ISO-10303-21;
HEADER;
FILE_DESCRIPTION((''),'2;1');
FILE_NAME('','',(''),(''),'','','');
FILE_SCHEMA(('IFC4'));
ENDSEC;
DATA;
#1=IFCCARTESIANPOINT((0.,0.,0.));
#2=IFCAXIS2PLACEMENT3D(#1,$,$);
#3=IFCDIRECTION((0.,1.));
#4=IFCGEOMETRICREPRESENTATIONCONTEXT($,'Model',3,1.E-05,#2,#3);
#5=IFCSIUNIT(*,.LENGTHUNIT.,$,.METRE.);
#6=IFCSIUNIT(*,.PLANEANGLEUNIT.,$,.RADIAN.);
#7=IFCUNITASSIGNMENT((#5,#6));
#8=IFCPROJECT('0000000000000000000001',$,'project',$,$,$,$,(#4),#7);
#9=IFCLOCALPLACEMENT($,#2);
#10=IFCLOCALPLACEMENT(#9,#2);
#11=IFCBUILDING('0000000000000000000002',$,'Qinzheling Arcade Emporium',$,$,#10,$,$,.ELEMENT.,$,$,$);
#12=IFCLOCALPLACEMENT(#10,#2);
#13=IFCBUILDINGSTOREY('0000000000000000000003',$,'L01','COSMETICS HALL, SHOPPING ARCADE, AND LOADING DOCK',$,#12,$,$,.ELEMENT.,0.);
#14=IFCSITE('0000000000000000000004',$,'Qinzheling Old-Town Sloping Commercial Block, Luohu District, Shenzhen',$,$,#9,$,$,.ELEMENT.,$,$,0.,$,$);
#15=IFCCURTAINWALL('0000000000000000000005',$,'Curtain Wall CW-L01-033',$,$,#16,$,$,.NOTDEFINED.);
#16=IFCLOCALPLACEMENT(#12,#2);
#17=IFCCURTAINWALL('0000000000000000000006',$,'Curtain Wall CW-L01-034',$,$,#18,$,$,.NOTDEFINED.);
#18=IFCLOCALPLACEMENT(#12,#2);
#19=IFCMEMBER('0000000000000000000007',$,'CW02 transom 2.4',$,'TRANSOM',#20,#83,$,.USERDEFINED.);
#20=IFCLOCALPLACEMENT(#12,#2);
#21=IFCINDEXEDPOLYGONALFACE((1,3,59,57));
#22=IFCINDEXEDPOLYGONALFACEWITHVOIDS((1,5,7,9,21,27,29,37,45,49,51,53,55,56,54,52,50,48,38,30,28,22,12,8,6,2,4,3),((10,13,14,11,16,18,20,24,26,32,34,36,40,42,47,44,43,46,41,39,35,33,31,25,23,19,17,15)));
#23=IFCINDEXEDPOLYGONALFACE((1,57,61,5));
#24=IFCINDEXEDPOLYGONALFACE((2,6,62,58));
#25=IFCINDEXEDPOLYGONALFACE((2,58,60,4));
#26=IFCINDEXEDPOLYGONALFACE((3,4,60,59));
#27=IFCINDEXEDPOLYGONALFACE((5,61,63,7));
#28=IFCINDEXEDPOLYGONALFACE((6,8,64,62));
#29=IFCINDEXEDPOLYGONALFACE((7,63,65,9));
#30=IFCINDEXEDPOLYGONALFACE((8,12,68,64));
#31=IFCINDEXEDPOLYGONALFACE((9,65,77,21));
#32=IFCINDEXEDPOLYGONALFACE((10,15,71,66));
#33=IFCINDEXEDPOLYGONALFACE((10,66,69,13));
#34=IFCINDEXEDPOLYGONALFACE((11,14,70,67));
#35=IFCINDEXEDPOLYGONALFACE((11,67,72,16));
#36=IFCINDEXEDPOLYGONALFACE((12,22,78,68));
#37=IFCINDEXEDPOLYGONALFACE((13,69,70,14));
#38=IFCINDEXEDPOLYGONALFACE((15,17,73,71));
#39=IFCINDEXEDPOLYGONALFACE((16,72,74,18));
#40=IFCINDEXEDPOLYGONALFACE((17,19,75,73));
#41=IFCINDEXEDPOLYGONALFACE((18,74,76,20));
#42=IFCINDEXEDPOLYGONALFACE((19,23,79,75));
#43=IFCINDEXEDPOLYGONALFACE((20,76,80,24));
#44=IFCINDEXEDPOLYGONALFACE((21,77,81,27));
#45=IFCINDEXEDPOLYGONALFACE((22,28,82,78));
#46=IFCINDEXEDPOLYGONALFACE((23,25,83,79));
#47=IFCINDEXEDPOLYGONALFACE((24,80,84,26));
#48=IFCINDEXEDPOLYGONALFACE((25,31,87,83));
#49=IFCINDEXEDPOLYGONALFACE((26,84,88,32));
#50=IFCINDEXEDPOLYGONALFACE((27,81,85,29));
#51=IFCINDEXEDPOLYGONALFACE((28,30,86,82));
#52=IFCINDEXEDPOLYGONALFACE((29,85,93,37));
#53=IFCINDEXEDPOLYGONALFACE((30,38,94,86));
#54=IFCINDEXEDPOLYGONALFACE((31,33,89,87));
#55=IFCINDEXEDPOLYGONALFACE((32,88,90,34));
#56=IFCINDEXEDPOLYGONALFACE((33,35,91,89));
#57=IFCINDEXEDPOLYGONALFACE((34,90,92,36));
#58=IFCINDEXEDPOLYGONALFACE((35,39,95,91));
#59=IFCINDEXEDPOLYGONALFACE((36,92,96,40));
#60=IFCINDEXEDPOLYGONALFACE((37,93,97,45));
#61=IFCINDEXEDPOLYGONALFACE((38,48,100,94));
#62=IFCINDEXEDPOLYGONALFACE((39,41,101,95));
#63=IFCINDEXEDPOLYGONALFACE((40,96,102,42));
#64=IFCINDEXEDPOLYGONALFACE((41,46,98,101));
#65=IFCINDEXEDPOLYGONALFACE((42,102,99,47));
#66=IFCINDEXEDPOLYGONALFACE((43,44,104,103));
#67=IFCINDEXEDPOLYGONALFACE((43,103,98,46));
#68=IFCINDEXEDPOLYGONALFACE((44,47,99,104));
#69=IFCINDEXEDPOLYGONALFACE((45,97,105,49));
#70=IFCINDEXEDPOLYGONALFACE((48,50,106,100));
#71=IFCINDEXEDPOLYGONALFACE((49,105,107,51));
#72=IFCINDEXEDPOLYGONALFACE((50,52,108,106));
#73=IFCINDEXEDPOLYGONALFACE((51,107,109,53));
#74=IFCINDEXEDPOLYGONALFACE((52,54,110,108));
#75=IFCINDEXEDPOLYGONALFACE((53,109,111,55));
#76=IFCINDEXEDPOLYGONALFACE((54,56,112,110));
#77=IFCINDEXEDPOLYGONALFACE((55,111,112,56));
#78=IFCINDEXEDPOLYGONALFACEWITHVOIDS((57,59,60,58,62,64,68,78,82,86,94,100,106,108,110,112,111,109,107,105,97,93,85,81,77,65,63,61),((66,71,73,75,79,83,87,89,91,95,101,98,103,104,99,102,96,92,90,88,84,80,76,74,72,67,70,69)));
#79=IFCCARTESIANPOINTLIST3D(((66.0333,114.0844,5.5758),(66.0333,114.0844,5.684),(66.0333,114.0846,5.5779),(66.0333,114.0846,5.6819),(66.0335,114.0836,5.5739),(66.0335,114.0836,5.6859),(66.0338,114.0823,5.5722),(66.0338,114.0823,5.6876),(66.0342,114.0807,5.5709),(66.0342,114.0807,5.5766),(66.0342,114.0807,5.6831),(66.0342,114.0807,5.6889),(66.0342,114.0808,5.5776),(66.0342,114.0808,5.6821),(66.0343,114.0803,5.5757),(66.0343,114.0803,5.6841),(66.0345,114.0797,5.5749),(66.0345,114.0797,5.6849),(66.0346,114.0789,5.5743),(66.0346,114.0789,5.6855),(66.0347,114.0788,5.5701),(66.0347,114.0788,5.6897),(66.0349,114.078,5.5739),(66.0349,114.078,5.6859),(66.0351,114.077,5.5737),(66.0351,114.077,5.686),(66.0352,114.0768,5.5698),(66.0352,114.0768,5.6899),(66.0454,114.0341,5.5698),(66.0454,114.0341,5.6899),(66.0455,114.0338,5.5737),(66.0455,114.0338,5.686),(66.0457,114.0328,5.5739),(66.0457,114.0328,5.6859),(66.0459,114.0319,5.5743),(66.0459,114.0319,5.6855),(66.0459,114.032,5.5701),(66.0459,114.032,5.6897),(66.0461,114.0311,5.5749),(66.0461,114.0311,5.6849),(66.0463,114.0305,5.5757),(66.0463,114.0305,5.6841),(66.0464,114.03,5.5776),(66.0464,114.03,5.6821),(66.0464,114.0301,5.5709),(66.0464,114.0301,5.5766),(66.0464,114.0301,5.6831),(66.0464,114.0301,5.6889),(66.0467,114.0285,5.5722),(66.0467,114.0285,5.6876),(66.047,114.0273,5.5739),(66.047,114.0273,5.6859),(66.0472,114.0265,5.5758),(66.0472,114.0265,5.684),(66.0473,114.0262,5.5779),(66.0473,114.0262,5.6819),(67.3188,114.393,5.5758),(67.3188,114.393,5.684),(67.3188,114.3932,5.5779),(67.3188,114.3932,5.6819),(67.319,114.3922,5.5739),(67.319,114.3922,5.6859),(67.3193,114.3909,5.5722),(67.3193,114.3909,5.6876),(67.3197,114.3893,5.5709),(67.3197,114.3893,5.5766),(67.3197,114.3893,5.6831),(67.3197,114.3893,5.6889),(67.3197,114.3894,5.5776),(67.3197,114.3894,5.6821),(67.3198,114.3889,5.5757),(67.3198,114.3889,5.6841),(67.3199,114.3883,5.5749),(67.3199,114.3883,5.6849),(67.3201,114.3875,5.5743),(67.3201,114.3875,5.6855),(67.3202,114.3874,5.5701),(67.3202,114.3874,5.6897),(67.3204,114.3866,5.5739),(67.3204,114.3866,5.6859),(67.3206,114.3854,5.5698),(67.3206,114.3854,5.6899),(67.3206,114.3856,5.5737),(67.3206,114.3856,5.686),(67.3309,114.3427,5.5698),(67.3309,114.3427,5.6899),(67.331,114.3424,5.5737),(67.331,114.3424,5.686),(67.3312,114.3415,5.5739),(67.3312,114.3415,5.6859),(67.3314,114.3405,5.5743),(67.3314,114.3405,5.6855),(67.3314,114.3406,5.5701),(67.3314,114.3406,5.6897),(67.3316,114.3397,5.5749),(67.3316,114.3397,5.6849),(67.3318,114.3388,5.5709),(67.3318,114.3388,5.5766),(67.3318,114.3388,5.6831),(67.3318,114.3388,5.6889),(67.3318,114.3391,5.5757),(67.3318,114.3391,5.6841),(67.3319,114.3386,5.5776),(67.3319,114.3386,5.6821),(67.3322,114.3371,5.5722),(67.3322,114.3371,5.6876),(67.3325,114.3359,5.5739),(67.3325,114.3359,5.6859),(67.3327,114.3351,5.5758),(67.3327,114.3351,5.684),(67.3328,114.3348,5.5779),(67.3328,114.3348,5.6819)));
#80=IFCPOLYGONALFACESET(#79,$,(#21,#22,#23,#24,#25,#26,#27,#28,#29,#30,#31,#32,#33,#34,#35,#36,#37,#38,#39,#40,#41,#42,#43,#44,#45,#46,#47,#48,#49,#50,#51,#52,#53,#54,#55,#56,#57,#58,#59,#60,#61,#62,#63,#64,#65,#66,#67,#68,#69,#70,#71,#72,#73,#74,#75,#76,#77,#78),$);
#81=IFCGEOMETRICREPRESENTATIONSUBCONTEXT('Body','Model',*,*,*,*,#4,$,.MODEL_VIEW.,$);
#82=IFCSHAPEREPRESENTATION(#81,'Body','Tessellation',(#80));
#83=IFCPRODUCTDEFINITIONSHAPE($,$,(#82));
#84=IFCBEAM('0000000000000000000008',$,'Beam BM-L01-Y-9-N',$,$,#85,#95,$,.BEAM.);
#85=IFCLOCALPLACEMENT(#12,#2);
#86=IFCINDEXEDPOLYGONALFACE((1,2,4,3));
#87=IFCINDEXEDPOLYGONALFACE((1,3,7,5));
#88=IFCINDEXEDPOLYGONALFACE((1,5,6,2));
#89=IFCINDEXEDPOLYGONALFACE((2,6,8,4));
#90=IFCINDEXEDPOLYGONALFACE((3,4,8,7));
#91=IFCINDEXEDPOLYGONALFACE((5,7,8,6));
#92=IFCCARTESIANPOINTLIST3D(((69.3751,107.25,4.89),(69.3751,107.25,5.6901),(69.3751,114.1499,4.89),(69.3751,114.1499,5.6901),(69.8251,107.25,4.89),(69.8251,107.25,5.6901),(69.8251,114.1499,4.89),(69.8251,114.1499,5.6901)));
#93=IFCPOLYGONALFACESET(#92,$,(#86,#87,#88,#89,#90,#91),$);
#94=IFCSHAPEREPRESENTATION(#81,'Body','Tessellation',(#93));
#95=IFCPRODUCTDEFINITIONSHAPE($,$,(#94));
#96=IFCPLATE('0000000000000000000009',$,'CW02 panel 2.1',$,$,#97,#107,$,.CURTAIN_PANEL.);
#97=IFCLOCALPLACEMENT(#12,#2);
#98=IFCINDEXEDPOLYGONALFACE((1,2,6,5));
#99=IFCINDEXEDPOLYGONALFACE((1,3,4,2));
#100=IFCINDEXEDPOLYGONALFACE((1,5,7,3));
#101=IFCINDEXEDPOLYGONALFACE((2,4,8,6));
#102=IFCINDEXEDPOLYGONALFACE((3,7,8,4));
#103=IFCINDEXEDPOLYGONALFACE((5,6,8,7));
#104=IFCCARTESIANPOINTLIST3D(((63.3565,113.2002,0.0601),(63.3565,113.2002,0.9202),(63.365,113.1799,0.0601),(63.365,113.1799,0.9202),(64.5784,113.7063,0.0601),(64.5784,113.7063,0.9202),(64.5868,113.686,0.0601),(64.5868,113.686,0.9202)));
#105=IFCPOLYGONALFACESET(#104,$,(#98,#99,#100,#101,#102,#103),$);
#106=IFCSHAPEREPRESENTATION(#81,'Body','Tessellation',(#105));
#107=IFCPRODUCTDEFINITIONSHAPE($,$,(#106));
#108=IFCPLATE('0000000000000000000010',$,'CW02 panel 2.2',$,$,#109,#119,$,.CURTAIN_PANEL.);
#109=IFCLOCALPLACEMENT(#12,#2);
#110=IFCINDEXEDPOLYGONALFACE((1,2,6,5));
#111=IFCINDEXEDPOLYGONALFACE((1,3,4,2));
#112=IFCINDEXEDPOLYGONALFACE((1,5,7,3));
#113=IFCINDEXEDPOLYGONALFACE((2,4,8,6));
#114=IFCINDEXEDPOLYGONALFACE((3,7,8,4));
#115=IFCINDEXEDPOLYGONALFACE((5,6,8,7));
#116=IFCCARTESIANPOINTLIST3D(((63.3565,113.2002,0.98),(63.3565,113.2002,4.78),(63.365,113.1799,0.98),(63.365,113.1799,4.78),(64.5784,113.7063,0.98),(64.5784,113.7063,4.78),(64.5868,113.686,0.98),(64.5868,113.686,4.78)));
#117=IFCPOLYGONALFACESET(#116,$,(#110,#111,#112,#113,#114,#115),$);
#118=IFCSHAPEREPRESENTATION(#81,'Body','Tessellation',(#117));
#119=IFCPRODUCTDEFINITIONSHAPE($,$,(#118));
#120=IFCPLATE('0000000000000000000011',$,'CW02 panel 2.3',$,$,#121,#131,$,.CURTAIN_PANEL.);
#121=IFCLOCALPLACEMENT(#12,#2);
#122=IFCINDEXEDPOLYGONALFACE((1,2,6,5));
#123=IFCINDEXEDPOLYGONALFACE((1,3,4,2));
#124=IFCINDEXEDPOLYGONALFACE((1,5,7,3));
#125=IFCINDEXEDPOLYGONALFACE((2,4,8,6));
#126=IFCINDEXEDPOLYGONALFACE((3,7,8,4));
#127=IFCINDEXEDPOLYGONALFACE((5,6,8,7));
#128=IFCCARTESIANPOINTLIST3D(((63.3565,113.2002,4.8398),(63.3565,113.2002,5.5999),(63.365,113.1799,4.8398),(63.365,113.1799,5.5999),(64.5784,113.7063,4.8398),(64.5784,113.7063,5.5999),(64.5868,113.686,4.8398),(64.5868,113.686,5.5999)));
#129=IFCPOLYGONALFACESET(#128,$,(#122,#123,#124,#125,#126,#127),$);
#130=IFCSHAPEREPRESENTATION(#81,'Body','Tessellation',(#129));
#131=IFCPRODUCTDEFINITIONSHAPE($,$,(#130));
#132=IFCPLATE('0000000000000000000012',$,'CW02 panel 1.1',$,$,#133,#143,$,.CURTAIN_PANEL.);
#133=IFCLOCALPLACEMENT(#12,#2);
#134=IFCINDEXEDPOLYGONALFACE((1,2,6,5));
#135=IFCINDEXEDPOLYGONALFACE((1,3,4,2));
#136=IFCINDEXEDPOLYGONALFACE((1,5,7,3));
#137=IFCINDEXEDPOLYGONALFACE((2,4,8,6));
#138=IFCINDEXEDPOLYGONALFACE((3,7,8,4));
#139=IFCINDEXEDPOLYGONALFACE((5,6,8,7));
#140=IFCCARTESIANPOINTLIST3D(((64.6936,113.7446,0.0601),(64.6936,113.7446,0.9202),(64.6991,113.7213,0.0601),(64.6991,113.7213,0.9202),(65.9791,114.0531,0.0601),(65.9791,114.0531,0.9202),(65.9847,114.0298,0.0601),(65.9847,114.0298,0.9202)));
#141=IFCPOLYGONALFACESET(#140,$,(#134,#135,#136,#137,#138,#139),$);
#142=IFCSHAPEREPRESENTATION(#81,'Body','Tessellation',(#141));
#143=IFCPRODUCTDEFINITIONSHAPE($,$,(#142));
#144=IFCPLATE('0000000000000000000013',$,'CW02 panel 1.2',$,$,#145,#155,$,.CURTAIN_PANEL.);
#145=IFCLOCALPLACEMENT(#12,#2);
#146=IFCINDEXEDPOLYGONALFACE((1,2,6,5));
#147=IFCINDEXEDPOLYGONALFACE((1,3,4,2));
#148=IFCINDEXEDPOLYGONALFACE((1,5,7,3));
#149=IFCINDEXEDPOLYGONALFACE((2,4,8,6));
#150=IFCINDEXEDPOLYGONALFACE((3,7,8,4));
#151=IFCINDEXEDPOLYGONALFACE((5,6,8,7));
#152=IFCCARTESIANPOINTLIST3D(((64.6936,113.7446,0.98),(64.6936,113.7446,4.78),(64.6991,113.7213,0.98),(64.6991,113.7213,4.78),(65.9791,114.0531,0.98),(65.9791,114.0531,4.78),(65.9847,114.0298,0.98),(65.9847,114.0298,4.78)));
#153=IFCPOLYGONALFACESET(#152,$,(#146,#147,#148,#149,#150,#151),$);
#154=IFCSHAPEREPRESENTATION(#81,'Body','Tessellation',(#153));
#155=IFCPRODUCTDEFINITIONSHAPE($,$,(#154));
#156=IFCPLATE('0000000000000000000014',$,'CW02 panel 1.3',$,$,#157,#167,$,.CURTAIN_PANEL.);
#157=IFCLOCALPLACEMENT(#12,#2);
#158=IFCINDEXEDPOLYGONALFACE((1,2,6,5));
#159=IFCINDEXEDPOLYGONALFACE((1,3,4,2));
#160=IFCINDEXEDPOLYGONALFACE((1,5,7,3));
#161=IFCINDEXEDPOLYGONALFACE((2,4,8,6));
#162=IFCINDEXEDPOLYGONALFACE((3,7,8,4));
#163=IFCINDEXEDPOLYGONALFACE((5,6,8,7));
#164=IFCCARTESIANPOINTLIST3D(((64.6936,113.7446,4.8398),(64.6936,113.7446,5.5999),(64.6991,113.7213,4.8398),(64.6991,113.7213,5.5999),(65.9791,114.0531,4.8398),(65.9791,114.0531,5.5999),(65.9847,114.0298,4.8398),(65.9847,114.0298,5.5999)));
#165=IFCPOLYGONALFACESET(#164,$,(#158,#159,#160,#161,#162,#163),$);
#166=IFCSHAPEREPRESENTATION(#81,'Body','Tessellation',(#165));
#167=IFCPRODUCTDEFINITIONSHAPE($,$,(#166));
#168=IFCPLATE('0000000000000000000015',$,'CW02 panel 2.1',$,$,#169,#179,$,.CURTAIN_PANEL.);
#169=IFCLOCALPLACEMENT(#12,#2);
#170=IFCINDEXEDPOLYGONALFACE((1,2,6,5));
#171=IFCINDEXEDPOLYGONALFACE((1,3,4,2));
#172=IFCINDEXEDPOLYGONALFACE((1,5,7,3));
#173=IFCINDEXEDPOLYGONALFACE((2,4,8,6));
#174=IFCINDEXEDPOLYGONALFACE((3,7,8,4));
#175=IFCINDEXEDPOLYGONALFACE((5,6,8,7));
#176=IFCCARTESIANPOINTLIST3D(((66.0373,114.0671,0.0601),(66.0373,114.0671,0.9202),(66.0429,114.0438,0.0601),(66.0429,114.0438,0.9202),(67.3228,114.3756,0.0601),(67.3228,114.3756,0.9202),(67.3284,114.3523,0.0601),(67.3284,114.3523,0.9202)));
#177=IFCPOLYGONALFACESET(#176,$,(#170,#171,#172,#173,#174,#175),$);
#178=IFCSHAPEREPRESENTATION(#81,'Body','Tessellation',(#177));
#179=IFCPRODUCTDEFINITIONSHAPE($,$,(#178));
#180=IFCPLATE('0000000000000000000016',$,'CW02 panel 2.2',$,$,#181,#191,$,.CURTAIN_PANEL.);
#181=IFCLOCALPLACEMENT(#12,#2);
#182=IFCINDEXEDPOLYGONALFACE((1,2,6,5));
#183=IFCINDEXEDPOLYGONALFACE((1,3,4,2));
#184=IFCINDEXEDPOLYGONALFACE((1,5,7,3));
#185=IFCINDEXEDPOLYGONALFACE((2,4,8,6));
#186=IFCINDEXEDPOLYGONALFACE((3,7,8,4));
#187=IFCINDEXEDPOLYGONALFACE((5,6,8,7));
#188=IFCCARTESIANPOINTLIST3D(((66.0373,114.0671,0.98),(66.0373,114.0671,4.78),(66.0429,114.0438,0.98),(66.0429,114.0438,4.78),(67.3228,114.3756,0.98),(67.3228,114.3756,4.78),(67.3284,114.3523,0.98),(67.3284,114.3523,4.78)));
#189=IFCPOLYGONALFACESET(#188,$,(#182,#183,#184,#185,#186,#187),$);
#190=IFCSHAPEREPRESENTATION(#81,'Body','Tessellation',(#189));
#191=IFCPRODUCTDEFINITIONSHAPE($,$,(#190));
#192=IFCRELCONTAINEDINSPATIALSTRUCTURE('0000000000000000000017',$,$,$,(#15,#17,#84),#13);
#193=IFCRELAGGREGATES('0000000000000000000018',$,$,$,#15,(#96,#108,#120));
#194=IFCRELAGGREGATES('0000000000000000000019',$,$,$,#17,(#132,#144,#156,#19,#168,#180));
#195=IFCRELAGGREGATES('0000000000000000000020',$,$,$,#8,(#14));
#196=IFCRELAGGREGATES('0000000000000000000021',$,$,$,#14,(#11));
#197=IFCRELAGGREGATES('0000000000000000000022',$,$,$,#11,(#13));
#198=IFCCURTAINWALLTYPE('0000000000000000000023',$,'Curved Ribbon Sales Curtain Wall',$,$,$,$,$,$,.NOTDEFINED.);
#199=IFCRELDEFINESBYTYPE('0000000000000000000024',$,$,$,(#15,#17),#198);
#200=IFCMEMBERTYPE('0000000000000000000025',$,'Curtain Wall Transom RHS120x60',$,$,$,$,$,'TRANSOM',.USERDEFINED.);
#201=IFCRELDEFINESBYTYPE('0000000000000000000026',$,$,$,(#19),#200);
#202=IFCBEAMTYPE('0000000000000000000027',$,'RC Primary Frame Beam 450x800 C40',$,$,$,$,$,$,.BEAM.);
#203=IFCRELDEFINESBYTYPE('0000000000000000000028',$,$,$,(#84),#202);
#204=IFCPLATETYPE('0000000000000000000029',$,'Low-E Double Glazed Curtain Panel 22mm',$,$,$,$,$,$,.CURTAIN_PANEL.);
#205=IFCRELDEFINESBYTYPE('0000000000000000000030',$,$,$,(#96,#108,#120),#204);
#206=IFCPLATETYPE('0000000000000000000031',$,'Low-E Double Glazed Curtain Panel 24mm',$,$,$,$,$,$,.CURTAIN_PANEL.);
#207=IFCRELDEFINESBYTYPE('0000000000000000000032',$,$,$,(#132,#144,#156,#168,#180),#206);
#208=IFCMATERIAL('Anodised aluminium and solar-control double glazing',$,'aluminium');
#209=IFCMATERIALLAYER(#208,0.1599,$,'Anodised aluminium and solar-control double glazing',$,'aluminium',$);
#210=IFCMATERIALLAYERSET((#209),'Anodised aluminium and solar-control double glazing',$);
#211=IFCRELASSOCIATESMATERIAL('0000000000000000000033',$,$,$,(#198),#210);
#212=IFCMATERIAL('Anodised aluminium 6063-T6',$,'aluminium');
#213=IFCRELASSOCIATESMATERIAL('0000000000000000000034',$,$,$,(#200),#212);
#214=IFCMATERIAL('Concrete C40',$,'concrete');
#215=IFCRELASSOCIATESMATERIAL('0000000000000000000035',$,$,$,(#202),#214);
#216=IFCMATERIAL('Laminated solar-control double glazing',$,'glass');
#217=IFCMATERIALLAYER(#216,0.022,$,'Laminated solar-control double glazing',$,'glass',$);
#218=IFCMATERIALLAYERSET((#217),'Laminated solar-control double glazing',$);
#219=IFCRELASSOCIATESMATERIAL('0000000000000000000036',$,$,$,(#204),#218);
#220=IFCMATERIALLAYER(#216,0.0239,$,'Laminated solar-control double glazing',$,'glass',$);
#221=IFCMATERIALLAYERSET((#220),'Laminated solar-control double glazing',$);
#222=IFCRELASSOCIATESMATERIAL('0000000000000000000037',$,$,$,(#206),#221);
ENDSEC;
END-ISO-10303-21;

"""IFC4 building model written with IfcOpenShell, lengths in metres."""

from ifc_helpers import new_model, si_unit, direction, frame, origin, origin_2d, place, context, subcontext, project, spatial, rectangle, hollow_rectangle, extrude, material, layer, layer_set, material_profile, profile_set, type_object, element, aggregate, save


model = new_model("IFC4")

# Units and contexts
model_context = context("Model", 3, precision=1e-05, world=origin(), true_north=direction((0.0, 1.0)))
body_context = subcontext(model_context, "Body", "Model", "MODEL_VIEW")
ifc_project = project(units=[si_unit("LENGTHUNIT", "METRE"), si_unit("PLANEANGLEUNIT", "RADIAN")], contexts=[model_context])

# Site, building, storey
site_placement = place(None, origin())
site = spatial("IfcSite", under=ifc_project, at=site_placement, Name="Qinzheling Old-Town Sloping Commercial Block, Luohu District, Shenzhen", CompositionType="ELEMENT", RefElevation=0.0)
building_placement = place(site_placement, origin())
building = spatial("IfcBuilding", under=site, at=building_placement, Name="Qinzheling Arcade Emporium", CompositionType="ELEMENT")
storey_placement = place(building_placement, origin())
storey = spatial("IfcBuildingStorey", under=building, at=storey_placement, Name="L01", Description="COSMETICS HALL, SHOPPING ARCADE, AND LOADING DOCK", CompositionType="ELEMENT", Elevation=0.0)

# Curtain wall
ifc_material_1 = material(Name="Anodised aluminium and solar-control double glazing", Category="aluminium")
ifc_layer_1 = layer(ifc_material_1, 0.1599, Name="Anodised aluminium and solar-control double glazing", Category="aluminium")
ifc_layer_set_1 = layer_set([ifc_layer_1], Name="Anodised aluminium and solar-control double glazing")
curtain_wall_type = type_object("IfcCurtainWallType", Name="Curved Ribbon Sales Curtain Wall", PredefinedType="NOTDEFINED", material=ifc_layer_set_1)
curtain_wall_1_placement = place(storey_placement, origin())
curtain_wall_1 = element("IfcCurtainWall", 1, at=curtain_wall_1_placement, inside=storey, type_object=curtain_wall_type, Name="Curtain Wall CW-L01-033", PredefinedType="NOTDEFINED")
ifc_material_2 = material(Name="Anodised aluminium 6063-T6", Category="aluminium")

# Curtain wall
curtain_wall_2_placement = place(storey_placement, origin())
curtain_wall_2 = element("IfcCurtainWall", 2, at=curtain_wall_2_placement, inside=storey, type_object=curtain_wall_type, Name="Curtain Wall CW-L01-034", PredefinedType="NOTDEFINED")

# Member
ifc_material_profile_1 = material_profile(ifc_material_2, hollow_rectangle(XDim=0.0601, YDim=0.1201, WallThickness=0.0039, InnerFilletRadius=0.0039, OuterFilletRadius=0.0081, at=origin_2d()), Name="RHS 120x60x4", Category="aluminium")
ifc_profile_set_1 = profile_set([ifc_material_profile_1], Name="Anodised aluminium 6063-T6")
member_type_1 = type_object("IfcMemberType", Name="Curtain Wall Transom RHS120x60", ElementType="TRANSOM", PredefinedType="USERDEFINED", material=ifc_profile_set_1)
member_1_placement = place(storey_placement, frame((66.0403, 114.0554, 5.6299), z_axis=(0.972371, 0.233443, 0.0), x_axis=(-0.233443, 0.972371, 0.0)))
member_1 = element("IfcMember", 3, at=member_1_placement, type_object=member_type_1, Name="CW02 transom 2.4", ObjectType="TRANSOM", PredefinedType="USERDEFINED", context=body_context, shape_type="SweptSolid", body=[
    extrude(hollow_rectangle(XDim=0.0601, YDim=0.1201, WallThickness=0.0039, InnerFilletRadius=0.0039, OuterFilletRadius=0.0081, at=origin_2d()), origin(), (0.0, 0.0, 1.0), 1.322),
])

# Beam
ifc_material_3 = material(Name="Concrete C40", Category="concrete")
ifc_material_profile_2 = material_profile(ifc_material_3, rectangle(XDim=0.45, YDim=0.8, at=origin_2d()), Name="RC 450x800", Category="concrete")
ifc_profile_set_2 = profile_set([ifc_material_profile_2], Name="Concrete C40")
beam_type = type_object("IfcBeamType", Name="RC Primary Frame Beam 450x800 C40", PredefinedType="BEAM", material=ifc_profile_set_2)
beam_placement = place(storey_placement, frame((69.6001, 107.25, 5.29), z_axis=(0.0, 1.0, 0.0), x_axis=(-1.0, 0.0, 0.0)))
element("IfcBeam", 4, at=beam_placement, inside=storey, type_object=beam_type, Name="Beam BM-L01-Y-9-N", PredefinedType="BEAM", context=body_context, shape_type="SweptSolid", body=[
    extrude(rectangle(XDim=0.45, YDim=0.8, at=origin_2d()), origin(), (0.0, 0.0, 1.0), 6.8999),
])

# Plates
ifc_material_4 = material(Name="Laminated solar-control double glazing", Category="glass")
ifc_layer_2 = layer(ifc_material_4, 0.022, Name="Laminated solar-control double glazing", Category="glass")
ifc_layer_set_2 = layer_set([ifc_layer_2], Name="Laminated solar-control double glazing")
plate_type_1 = type_object("IfcPlateType", Name="Low-E Double Glazed Curtain Panel 22mm", PredefinedType="CURTAIN_PANEL", material=ifc_layer_set_2)
plate_1_placement = place(storey_placement, frame((63.9717, 113.4431, 0.0601), z_axis=(0.0, 0.0, 1.0), x_axis=(0.923892, 0.382654, 0.0)))
plate_1 = element("IfcPlate", 5, at=plate_1_placement, type_object=plate_type_1, Name="CW02 panel 2.1", PredefinedType="CURTAIN_PANEL", context=body_context, shape_type="SweptSolid", body=[
    extrude(rectangle(XDim=1.3225, YDim=0.022, at=origin_2d()), origin(), (0.0, 0.0, 1.0), 0.8601),
])
plate_2_placement = place(storey_placement, frame((63.9717, 113.4431, 0.98), z_axis=(0.0, 0.0, 1.0), x_axis=(0.923892, 0.382654, 0.0)))
plate_2 = element("IfcPlate", 6, at=plate_2_placement, type_object=plate_type_1, Name="CW02 panel 2.2", PredefinedType="CURTAIN_PANEL", context=body_context, shape_type="SweptSolid", body=[
    extrude(rectangle(XDim=1.3225, YDim=0.022, at=origin_2d()), origin(), (0.0, 0.0, 1.0), 3.8),
])
plate_3_placement = place(storey_placement, frame((63.9717, 113.4431, 4.8398), z_axis=(0.0, 0.0, 1.0), x_axis=(0.923892, 0.382654, 0.0)))
plate_3 = element("IfcPlate", 7, at=plate_3_placement, type_object=plate_type_1, Name="CW02 panel 2.3", PredefinedType="CURTAIN_PANEL", context=body_context, shape_type="SweptSolid", body=[
    extrude(rectangle(XDim=1.3225, YDim=0.022, at=origin_2d()), origin(), (0.0, 0.0, 1.0), 0.76),
])
aggregate(curtain_wall_1, [plate_1, plate_2, plate_3])
ifc_layer_3 = layer(ifc_material_4, 0.0239, Name="Laminated solar-control double glazing", Category="glass")
ifc_layer_set_3 = layer_set([ifc_layer_3], Name="Laminated solar-control double glazing")
plate_type_2 = type_object("IfcPlateType", Name="Low-E Double Glazed Curtain Panel 24mm", PredefinedType="CURTAIN_PANEL", material=ifc_layer_set_3)
plate_4_placement = place(storey_placement, frame((65.3391, 113.8872, 0.0601), z_axis=(0.0, 0.0, 1.0), x_axis=(0.972391, 0.23336, 0.0)))
plate_4 = element("IfcPlate", 8, at=plate_4_placement, type_object=plate_type_2, Name="CW02 panel 1.1", PredefinedType="CURTAIN_PANEL", context=body_context, shape_type="SweptSolid", body=[
    extrude(rectangle(XDim=1.322, YDim=0.0239, at=origin_2d()), origin(), (0.0, 0.0, 1.0), 0.8601),
])
plate_5_placement = place(storey_placement, frame((65.3391, 113.8872, 0.98), z_axis=(0.0, 0.0, 1.0), x_axis=(0.972391, 0.23336, 0.0)))
plate_5 = element("IfcPlate", 9, at=plate_5_placement, type_object=plate_type_2, Name="CW02 panel 1.2", PredefinedType="CURTAIN_PANEL", context=body_context, shape_type="SweptSolid", body=[
    extrude(rectangle(XDim=1.322, YDim=0.0239, at=origin_2d()), origin(), (0.0, 0.0, 1.0), 3.8),
])
plate_6_placement = place(storey_placement, frame((65.3391, 113.8872, 4.8398), z_axis=(0.0, 0.0, 1.0), x_axis=(0.972391, 0.23336, 0.0)))
plate_6 = element("IfcPlate", 10, at=plate_6_placement, type_object=plate_type_2, Name="CW02 panel 1.3", PredefinedType="CURTAIN_PANEL", context=body_context, shape_type="SweptSolid", body=[
    extrude(rectangle(XDim=1.322, YDim=0.0239, at=origin_2d()), origin(), (0.0, 0.0, 1.0), 0.76),
])
plate_7_placement = place(storey_placement, frame((66.6829, 114.2097, 0.0601), z_axis=(0.0, 0.0, 1.0), x_axis=(0.972391, 0.23336, 0.0)))
plate_7 = element("IfcPlate", 11, at=plate_7_placement, type_object=plate_type_2, Name="CW02 panel 2.1", PredefinedType="CURTAIN_PANEL", context=body_context, shape_type="SweptSolid", body=[
    extrude(rectangle(XDim=1.322, YDim=0.0239, at=origin_2d()), origin(), (0.0, 0.0, 1.0), 0.8601),
])
plate_8_placement = place(storey_placement, frame((66.6829, 114.2097, 0.98), z_axis=(0.0, 0.0, 1.0), x_axis=(0.972391, 0.23336, 0.0)))
plate_8 = element("IfcPlate", 12, at=plate_8_placement, type_object=plate_type_2, Name="CW02 panel 2.2", PredefinedType="CURTAIN_PANEL", context=body_context, shape_type="SweptSolid", body=[
    extrude(rectangle(XDim=1.322, YDim=0.0239, at=origin_2d()), origin(), (0.0, 0.0, 1.0), 3.8),
])
aggregate(curtain_wall_2, [plate_4, plate_5, plate_6, member_1, plate_7, plate_8])

save(model, "model.ifc")
